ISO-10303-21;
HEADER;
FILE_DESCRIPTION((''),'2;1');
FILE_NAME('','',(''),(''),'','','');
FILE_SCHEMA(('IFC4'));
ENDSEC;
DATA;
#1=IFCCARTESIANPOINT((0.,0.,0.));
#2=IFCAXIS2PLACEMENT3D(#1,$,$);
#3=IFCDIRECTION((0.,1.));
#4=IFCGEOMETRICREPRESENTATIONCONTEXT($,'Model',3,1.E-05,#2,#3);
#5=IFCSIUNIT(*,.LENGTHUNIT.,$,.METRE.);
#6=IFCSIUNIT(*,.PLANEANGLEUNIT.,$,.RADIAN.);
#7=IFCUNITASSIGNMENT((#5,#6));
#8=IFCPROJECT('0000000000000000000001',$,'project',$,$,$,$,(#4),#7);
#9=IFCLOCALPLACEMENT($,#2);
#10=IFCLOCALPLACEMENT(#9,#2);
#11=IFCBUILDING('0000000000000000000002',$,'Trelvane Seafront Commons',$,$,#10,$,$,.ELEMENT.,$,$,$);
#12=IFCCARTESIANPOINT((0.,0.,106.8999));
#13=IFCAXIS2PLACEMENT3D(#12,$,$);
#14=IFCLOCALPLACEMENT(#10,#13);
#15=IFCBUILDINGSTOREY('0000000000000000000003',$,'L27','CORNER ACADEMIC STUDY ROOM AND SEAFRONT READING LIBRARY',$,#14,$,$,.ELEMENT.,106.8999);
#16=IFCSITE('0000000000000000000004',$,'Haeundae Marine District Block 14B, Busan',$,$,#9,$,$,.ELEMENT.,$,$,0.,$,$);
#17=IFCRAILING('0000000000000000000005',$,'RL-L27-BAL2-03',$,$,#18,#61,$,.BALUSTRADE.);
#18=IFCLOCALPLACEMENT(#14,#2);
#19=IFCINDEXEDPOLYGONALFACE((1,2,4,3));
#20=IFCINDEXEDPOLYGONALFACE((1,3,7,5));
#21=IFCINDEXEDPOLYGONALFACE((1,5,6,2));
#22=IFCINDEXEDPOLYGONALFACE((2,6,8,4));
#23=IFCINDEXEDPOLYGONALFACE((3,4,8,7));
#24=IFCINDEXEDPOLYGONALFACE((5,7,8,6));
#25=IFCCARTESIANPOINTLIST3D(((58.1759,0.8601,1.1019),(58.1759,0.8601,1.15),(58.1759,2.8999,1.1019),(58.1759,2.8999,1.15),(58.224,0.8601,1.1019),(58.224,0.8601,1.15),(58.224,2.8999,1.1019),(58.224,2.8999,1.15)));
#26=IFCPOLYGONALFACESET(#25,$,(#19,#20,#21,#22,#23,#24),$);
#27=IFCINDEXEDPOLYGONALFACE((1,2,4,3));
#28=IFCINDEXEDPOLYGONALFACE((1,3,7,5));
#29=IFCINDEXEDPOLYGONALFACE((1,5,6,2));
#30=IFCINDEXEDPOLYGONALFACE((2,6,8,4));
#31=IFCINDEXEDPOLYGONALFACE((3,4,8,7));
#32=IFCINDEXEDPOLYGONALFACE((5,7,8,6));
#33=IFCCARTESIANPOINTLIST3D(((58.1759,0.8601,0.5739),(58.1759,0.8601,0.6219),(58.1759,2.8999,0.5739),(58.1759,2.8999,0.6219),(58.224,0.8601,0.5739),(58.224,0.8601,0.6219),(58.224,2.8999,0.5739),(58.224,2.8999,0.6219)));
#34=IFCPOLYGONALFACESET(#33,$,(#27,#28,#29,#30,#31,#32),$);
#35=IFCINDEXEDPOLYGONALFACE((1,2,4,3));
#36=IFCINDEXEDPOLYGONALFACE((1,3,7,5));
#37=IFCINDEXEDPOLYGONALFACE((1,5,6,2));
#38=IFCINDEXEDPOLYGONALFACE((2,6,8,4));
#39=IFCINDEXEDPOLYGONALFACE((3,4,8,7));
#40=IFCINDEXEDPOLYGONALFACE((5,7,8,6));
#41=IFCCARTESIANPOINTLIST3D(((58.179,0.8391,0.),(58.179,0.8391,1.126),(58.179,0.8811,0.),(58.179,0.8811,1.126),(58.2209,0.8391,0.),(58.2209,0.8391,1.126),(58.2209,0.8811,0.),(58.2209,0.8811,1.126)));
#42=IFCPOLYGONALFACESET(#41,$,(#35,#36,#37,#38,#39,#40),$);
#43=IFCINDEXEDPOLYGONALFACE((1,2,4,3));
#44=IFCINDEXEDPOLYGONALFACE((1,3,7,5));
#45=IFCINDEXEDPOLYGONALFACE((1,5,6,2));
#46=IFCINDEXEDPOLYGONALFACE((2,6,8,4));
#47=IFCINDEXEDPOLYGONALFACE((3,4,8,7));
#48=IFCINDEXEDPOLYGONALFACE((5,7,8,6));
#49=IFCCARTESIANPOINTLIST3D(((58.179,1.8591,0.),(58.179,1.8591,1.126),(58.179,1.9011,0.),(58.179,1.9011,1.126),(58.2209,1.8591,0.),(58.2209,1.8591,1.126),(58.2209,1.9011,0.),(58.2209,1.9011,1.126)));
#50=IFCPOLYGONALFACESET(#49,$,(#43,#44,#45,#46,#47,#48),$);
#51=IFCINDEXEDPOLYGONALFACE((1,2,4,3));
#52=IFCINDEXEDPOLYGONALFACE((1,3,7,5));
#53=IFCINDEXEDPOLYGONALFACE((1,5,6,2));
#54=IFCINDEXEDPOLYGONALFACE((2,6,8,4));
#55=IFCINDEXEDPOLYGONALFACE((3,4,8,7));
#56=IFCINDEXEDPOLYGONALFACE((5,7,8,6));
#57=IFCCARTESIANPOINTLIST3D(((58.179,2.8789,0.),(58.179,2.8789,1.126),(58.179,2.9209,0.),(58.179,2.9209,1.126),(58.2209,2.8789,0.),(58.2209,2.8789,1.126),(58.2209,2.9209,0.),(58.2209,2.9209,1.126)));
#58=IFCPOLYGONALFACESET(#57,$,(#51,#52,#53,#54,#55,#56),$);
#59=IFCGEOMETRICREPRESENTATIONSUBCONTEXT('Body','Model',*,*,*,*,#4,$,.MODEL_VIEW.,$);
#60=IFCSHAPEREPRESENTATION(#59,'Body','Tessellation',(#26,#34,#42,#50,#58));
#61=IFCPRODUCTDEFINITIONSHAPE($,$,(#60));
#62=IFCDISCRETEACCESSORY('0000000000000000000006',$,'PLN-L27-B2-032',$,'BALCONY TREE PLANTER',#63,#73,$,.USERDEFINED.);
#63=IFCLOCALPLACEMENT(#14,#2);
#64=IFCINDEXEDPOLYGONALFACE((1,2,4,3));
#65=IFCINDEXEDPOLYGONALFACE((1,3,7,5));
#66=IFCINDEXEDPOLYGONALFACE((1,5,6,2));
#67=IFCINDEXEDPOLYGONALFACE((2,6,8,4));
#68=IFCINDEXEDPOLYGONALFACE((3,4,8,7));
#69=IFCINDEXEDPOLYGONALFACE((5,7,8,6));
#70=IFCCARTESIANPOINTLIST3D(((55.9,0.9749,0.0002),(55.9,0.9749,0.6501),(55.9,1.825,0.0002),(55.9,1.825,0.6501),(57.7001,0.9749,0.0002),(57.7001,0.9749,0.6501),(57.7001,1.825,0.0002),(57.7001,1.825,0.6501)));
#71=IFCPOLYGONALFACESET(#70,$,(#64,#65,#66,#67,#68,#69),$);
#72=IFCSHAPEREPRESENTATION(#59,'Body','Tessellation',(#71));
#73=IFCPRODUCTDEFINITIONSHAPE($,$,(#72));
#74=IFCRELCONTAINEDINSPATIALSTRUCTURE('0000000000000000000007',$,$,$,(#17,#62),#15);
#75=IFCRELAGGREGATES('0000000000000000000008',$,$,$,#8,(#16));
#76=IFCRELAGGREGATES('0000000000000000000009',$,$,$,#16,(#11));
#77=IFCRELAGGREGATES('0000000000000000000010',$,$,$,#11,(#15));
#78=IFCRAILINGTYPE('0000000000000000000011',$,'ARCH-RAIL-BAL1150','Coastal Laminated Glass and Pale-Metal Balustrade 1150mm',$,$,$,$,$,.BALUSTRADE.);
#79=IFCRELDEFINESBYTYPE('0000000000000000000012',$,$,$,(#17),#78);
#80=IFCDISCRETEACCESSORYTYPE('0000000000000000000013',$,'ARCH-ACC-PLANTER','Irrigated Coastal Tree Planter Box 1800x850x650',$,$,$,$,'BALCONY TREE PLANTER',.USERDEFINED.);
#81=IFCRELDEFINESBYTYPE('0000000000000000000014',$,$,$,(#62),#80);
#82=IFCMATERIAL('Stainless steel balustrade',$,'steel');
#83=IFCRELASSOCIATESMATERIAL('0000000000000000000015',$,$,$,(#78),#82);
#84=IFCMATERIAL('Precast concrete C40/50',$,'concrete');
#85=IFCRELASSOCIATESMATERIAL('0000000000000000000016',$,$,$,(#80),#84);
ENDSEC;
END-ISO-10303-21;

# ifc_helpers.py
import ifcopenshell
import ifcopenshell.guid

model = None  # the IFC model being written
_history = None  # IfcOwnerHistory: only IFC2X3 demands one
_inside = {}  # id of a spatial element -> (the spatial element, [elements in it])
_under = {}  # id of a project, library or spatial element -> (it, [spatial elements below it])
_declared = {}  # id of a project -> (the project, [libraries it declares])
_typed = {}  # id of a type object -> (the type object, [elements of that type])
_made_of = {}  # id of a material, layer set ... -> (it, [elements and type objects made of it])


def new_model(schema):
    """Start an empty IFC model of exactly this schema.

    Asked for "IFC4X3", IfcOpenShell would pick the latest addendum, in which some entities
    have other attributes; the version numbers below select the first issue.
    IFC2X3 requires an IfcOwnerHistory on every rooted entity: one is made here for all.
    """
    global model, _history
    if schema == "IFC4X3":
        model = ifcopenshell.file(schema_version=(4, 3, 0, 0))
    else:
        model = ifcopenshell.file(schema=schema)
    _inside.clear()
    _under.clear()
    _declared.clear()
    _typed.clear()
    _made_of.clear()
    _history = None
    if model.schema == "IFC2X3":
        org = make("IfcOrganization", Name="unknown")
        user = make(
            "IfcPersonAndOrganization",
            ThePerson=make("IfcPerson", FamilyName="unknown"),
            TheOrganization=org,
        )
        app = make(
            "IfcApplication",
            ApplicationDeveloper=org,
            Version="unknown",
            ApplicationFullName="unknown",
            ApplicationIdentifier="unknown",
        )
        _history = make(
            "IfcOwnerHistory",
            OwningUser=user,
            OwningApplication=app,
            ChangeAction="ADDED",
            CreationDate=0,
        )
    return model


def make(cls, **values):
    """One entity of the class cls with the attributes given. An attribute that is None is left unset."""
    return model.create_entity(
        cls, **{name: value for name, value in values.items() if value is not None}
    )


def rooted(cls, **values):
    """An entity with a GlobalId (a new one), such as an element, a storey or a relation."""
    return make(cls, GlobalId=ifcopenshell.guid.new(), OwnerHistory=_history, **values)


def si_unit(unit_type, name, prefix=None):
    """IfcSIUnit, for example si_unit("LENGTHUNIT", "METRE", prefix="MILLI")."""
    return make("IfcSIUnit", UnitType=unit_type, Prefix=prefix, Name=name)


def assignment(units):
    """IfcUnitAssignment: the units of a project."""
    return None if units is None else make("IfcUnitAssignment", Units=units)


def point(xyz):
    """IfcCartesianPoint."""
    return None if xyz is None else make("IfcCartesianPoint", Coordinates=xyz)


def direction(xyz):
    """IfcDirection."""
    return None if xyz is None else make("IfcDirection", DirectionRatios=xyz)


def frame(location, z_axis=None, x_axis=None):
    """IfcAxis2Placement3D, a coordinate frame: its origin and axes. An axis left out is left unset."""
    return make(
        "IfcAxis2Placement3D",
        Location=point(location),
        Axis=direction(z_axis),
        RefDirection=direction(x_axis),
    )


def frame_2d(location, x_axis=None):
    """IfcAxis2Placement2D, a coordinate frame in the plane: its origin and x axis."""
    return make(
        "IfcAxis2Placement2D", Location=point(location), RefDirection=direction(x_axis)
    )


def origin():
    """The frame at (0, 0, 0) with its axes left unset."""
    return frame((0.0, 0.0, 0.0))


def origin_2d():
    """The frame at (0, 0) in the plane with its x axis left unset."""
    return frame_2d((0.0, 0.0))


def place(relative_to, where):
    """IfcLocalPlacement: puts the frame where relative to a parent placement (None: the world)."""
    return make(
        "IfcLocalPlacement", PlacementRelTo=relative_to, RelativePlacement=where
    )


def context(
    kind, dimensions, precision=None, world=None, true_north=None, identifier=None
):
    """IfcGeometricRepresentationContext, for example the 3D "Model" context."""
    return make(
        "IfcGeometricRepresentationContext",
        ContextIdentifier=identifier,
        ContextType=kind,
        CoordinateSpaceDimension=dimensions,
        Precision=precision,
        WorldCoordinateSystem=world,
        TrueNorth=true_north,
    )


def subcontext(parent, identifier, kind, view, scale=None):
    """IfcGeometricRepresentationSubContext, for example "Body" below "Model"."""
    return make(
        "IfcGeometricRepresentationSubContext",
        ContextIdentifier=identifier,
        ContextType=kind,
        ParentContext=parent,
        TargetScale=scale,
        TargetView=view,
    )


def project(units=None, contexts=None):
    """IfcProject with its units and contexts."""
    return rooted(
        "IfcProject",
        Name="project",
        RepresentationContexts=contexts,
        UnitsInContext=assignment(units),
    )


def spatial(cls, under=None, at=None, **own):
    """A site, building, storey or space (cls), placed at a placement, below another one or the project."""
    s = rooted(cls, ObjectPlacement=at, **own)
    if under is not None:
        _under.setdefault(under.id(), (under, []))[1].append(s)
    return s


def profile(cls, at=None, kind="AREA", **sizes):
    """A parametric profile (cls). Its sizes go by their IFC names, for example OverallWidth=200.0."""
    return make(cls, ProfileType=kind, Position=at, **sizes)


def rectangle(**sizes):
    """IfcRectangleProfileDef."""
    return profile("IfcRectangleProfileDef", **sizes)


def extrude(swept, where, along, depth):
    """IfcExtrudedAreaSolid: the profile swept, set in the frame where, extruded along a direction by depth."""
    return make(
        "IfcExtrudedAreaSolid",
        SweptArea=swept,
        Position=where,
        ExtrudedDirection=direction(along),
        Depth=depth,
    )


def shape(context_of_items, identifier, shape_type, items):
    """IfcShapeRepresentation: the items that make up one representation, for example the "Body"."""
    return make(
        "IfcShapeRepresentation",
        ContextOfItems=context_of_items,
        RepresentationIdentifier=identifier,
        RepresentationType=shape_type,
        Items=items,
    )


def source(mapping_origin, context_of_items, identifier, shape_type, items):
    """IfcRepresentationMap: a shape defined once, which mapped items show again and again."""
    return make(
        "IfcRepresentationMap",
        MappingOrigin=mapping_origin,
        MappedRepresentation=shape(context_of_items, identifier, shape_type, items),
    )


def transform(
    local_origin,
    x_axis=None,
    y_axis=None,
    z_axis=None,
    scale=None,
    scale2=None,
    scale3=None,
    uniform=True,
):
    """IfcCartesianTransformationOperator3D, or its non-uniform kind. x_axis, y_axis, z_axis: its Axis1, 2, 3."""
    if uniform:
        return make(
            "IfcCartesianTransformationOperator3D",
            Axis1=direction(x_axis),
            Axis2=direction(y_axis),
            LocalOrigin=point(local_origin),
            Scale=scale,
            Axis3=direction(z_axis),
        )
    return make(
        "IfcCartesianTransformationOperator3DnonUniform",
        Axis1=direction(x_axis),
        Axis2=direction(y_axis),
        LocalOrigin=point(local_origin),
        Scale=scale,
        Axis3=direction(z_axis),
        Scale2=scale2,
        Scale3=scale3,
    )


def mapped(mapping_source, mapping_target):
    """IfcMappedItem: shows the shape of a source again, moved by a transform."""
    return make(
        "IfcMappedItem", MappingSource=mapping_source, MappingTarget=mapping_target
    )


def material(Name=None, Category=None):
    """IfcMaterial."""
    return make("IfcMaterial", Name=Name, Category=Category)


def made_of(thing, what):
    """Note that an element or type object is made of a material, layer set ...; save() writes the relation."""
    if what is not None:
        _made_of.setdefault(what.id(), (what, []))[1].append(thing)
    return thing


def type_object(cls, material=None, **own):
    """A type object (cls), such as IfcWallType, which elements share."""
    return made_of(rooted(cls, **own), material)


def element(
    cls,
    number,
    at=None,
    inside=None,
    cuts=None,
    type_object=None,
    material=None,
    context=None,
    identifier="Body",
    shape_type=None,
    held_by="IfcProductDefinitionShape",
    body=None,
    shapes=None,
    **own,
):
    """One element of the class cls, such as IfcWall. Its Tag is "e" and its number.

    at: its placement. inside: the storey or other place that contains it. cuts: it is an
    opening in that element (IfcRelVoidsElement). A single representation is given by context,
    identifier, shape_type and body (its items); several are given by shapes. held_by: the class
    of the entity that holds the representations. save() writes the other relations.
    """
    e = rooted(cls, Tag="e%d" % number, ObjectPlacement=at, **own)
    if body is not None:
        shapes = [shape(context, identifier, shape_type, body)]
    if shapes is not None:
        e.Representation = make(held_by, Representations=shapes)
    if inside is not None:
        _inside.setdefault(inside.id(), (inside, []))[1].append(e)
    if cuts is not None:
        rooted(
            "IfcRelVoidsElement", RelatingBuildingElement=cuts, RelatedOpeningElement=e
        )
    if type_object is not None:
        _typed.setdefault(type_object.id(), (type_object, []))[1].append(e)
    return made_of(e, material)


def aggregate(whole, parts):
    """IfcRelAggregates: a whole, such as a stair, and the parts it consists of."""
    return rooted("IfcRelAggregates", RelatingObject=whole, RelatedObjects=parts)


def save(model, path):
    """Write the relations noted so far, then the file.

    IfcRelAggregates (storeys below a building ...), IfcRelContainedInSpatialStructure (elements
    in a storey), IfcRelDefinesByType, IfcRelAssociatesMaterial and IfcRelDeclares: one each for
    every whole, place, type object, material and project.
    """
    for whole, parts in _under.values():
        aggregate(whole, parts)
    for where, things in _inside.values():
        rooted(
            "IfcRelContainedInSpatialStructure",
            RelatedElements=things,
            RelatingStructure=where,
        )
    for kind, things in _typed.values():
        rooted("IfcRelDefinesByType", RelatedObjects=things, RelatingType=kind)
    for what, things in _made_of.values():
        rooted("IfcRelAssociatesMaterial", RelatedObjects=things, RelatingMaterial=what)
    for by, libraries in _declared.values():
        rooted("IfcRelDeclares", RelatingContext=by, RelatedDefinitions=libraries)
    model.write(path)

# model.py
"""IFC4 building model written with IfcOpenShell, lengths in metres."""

from ifc_helpers import new_model, si_unit, direction, frame, origin, origin_2d, place, context, subcontext, project, spatial, rectangle, extrude, source, transform, mapped, material, type_object, element, save


model = new_model("IFC4")

# Units and contexts
model_context = context("Model", 3, precision=1e-05, world=origin(), true_north=direction((0.0, 1.0)))
body_context = subcontext(model_context, "Body", "Model", "MODEL_VIEW")
ifc_project = project(units=[si_unit("LENGTHUNIT", "METRE"), si_unit("PLANEANGLEUNIT", "RADIAN")], contexts=[model_context])

# Site, building, storey
site_placement = place(None, origin())
site = spatial("IfcSite", under=ifc_project, at=site_placement, Name="Haeundae Marine District Block 14B, Busan", CompositionType="ELEMENT", RefElevation=0.0)
building_placement = place(site_placement, origin())
building = spatial("IfcBuilding", under=site, at=building_placement, Name="Trelvane Seafront Commons", CompositionType="ELEMENT")
storey_placement = place(building_placement, frame((0.0, 0.0, 106.8999)))
storey = spatial("IfcBuildingStorey", under=building, at=storey_placement, Name="L27", Description="CORNER ACADEMIC STUDY ROOM AND SEAFRONT READING LIBRARY", CompositionType="ELEMENT", Elevation=106.8999)

# Railing
ifc_material_1 = material(Name="Stainless steel balustrade", Category="steel")
railing_type = type_object("IfcRailingType", Name="ARCH-RAIL-BAL1150", Description="Coastal Laminated Glass and Pale-Metal Balustrade 1150mm", PredefinedType="BALUSTRADE", material=ifc_material_1)
railing_placement = place(storey_placement, frame((58.2, 0.8601, 0.0)))
element("IfcRailing", 1, at=railing_placement, inside=storey, type_object=railing_type, Name="RL-L27-BAL2-03", PredefinedType="BALUSTRADE", context=body_context, shape_type="SweptSolid", body=[
    extrude(rectangle(XDim=0.0481, YDim=0.0481, at=origin_2d()), frame((0.0, 0.0, 1.126), z_axis=(0.0, 1.0, 0.0), x_axis=(-1.0, 0.0, 0.0)), (0.0, 0.0, 1.0), 2.0398),
    extrude(rectangle(XDim=0.0481, YDim=0.0481, at=origin_2d()), frame((0.0, 0.0, 0.5979), z_axis=(0.0, 1.0, 0.0), x_axis=(-1.0, 0.0, 0.0)), (0.0, 0.0, 1.0), 2.0398),
    extrude(rectangle(XDim=0.042, YDim=0.042, at=origin_2d()), origin(), (0.0, 0.0, 1.0), 1.126),
    extrude(rectangle(XDim=0.042, YDim=0.042, at=origin_2d()), frame((0.0, 1.02, 0.0)), (0.0, 0.0, 1.0), 1.126),
    extrude(rectangle(XDim=0.042, YDim=0.042, at=origin_2d()), frame((0.0, 2.0398, 0.0)), (0.0, 0.0, 1.0), 1.126),
])

# Discrete accessory
ifc_material_2 = material(Name="Precast concrete C40/50", Category="concrete")
discrete_accessory_type = type_object("IfcDiscreteAccessoryType", Name="ARCH-ACC-PLANTER", Description="Irrigated Coastal Tree Planter Box 1800x850x650", ElementType="BALCONY TREE PLANTER", PredefinedType="USERDEFINED", material=ifc_material_2)
shared_shape_1 = source(origin(), body_context, "Body", "SweptSolid", [
    extrude(rectangle(XDim=1.8, YDim=0.8501, at=origin_2d()), origin(), (0.0, 0.0, 1.0), 0.6499),
])
discrete_accessory_placement = place(storey_placement, frame((56.8, 1.3999, 0.0002), z_axis=(0.0, 0.0, 1.0), x_axis=(1.0, 0.0, 0.0)))
element("IfcDiscreteAccessory", 2, at=discrete_accessory_placement, inside=storey, type_object=discrete_accessory_type, Name="PLN-L27-B2-032", ObjectType="BALCONY TREE PLANTER", PredefinedType="USERDEFINED", context=body_context, shape_type="MappedRepresentation", body=[
    mapped(shared_shape_1, transform((0.0, 0.0, 0.0), x_axis=(1.0, 0.0, 0.0), y_axis=(0.0, 1.0, 0.0), z_axis=(0.0, 0.0, 1.0), scale=1.0)),
])

save(model, "model.ifc")
